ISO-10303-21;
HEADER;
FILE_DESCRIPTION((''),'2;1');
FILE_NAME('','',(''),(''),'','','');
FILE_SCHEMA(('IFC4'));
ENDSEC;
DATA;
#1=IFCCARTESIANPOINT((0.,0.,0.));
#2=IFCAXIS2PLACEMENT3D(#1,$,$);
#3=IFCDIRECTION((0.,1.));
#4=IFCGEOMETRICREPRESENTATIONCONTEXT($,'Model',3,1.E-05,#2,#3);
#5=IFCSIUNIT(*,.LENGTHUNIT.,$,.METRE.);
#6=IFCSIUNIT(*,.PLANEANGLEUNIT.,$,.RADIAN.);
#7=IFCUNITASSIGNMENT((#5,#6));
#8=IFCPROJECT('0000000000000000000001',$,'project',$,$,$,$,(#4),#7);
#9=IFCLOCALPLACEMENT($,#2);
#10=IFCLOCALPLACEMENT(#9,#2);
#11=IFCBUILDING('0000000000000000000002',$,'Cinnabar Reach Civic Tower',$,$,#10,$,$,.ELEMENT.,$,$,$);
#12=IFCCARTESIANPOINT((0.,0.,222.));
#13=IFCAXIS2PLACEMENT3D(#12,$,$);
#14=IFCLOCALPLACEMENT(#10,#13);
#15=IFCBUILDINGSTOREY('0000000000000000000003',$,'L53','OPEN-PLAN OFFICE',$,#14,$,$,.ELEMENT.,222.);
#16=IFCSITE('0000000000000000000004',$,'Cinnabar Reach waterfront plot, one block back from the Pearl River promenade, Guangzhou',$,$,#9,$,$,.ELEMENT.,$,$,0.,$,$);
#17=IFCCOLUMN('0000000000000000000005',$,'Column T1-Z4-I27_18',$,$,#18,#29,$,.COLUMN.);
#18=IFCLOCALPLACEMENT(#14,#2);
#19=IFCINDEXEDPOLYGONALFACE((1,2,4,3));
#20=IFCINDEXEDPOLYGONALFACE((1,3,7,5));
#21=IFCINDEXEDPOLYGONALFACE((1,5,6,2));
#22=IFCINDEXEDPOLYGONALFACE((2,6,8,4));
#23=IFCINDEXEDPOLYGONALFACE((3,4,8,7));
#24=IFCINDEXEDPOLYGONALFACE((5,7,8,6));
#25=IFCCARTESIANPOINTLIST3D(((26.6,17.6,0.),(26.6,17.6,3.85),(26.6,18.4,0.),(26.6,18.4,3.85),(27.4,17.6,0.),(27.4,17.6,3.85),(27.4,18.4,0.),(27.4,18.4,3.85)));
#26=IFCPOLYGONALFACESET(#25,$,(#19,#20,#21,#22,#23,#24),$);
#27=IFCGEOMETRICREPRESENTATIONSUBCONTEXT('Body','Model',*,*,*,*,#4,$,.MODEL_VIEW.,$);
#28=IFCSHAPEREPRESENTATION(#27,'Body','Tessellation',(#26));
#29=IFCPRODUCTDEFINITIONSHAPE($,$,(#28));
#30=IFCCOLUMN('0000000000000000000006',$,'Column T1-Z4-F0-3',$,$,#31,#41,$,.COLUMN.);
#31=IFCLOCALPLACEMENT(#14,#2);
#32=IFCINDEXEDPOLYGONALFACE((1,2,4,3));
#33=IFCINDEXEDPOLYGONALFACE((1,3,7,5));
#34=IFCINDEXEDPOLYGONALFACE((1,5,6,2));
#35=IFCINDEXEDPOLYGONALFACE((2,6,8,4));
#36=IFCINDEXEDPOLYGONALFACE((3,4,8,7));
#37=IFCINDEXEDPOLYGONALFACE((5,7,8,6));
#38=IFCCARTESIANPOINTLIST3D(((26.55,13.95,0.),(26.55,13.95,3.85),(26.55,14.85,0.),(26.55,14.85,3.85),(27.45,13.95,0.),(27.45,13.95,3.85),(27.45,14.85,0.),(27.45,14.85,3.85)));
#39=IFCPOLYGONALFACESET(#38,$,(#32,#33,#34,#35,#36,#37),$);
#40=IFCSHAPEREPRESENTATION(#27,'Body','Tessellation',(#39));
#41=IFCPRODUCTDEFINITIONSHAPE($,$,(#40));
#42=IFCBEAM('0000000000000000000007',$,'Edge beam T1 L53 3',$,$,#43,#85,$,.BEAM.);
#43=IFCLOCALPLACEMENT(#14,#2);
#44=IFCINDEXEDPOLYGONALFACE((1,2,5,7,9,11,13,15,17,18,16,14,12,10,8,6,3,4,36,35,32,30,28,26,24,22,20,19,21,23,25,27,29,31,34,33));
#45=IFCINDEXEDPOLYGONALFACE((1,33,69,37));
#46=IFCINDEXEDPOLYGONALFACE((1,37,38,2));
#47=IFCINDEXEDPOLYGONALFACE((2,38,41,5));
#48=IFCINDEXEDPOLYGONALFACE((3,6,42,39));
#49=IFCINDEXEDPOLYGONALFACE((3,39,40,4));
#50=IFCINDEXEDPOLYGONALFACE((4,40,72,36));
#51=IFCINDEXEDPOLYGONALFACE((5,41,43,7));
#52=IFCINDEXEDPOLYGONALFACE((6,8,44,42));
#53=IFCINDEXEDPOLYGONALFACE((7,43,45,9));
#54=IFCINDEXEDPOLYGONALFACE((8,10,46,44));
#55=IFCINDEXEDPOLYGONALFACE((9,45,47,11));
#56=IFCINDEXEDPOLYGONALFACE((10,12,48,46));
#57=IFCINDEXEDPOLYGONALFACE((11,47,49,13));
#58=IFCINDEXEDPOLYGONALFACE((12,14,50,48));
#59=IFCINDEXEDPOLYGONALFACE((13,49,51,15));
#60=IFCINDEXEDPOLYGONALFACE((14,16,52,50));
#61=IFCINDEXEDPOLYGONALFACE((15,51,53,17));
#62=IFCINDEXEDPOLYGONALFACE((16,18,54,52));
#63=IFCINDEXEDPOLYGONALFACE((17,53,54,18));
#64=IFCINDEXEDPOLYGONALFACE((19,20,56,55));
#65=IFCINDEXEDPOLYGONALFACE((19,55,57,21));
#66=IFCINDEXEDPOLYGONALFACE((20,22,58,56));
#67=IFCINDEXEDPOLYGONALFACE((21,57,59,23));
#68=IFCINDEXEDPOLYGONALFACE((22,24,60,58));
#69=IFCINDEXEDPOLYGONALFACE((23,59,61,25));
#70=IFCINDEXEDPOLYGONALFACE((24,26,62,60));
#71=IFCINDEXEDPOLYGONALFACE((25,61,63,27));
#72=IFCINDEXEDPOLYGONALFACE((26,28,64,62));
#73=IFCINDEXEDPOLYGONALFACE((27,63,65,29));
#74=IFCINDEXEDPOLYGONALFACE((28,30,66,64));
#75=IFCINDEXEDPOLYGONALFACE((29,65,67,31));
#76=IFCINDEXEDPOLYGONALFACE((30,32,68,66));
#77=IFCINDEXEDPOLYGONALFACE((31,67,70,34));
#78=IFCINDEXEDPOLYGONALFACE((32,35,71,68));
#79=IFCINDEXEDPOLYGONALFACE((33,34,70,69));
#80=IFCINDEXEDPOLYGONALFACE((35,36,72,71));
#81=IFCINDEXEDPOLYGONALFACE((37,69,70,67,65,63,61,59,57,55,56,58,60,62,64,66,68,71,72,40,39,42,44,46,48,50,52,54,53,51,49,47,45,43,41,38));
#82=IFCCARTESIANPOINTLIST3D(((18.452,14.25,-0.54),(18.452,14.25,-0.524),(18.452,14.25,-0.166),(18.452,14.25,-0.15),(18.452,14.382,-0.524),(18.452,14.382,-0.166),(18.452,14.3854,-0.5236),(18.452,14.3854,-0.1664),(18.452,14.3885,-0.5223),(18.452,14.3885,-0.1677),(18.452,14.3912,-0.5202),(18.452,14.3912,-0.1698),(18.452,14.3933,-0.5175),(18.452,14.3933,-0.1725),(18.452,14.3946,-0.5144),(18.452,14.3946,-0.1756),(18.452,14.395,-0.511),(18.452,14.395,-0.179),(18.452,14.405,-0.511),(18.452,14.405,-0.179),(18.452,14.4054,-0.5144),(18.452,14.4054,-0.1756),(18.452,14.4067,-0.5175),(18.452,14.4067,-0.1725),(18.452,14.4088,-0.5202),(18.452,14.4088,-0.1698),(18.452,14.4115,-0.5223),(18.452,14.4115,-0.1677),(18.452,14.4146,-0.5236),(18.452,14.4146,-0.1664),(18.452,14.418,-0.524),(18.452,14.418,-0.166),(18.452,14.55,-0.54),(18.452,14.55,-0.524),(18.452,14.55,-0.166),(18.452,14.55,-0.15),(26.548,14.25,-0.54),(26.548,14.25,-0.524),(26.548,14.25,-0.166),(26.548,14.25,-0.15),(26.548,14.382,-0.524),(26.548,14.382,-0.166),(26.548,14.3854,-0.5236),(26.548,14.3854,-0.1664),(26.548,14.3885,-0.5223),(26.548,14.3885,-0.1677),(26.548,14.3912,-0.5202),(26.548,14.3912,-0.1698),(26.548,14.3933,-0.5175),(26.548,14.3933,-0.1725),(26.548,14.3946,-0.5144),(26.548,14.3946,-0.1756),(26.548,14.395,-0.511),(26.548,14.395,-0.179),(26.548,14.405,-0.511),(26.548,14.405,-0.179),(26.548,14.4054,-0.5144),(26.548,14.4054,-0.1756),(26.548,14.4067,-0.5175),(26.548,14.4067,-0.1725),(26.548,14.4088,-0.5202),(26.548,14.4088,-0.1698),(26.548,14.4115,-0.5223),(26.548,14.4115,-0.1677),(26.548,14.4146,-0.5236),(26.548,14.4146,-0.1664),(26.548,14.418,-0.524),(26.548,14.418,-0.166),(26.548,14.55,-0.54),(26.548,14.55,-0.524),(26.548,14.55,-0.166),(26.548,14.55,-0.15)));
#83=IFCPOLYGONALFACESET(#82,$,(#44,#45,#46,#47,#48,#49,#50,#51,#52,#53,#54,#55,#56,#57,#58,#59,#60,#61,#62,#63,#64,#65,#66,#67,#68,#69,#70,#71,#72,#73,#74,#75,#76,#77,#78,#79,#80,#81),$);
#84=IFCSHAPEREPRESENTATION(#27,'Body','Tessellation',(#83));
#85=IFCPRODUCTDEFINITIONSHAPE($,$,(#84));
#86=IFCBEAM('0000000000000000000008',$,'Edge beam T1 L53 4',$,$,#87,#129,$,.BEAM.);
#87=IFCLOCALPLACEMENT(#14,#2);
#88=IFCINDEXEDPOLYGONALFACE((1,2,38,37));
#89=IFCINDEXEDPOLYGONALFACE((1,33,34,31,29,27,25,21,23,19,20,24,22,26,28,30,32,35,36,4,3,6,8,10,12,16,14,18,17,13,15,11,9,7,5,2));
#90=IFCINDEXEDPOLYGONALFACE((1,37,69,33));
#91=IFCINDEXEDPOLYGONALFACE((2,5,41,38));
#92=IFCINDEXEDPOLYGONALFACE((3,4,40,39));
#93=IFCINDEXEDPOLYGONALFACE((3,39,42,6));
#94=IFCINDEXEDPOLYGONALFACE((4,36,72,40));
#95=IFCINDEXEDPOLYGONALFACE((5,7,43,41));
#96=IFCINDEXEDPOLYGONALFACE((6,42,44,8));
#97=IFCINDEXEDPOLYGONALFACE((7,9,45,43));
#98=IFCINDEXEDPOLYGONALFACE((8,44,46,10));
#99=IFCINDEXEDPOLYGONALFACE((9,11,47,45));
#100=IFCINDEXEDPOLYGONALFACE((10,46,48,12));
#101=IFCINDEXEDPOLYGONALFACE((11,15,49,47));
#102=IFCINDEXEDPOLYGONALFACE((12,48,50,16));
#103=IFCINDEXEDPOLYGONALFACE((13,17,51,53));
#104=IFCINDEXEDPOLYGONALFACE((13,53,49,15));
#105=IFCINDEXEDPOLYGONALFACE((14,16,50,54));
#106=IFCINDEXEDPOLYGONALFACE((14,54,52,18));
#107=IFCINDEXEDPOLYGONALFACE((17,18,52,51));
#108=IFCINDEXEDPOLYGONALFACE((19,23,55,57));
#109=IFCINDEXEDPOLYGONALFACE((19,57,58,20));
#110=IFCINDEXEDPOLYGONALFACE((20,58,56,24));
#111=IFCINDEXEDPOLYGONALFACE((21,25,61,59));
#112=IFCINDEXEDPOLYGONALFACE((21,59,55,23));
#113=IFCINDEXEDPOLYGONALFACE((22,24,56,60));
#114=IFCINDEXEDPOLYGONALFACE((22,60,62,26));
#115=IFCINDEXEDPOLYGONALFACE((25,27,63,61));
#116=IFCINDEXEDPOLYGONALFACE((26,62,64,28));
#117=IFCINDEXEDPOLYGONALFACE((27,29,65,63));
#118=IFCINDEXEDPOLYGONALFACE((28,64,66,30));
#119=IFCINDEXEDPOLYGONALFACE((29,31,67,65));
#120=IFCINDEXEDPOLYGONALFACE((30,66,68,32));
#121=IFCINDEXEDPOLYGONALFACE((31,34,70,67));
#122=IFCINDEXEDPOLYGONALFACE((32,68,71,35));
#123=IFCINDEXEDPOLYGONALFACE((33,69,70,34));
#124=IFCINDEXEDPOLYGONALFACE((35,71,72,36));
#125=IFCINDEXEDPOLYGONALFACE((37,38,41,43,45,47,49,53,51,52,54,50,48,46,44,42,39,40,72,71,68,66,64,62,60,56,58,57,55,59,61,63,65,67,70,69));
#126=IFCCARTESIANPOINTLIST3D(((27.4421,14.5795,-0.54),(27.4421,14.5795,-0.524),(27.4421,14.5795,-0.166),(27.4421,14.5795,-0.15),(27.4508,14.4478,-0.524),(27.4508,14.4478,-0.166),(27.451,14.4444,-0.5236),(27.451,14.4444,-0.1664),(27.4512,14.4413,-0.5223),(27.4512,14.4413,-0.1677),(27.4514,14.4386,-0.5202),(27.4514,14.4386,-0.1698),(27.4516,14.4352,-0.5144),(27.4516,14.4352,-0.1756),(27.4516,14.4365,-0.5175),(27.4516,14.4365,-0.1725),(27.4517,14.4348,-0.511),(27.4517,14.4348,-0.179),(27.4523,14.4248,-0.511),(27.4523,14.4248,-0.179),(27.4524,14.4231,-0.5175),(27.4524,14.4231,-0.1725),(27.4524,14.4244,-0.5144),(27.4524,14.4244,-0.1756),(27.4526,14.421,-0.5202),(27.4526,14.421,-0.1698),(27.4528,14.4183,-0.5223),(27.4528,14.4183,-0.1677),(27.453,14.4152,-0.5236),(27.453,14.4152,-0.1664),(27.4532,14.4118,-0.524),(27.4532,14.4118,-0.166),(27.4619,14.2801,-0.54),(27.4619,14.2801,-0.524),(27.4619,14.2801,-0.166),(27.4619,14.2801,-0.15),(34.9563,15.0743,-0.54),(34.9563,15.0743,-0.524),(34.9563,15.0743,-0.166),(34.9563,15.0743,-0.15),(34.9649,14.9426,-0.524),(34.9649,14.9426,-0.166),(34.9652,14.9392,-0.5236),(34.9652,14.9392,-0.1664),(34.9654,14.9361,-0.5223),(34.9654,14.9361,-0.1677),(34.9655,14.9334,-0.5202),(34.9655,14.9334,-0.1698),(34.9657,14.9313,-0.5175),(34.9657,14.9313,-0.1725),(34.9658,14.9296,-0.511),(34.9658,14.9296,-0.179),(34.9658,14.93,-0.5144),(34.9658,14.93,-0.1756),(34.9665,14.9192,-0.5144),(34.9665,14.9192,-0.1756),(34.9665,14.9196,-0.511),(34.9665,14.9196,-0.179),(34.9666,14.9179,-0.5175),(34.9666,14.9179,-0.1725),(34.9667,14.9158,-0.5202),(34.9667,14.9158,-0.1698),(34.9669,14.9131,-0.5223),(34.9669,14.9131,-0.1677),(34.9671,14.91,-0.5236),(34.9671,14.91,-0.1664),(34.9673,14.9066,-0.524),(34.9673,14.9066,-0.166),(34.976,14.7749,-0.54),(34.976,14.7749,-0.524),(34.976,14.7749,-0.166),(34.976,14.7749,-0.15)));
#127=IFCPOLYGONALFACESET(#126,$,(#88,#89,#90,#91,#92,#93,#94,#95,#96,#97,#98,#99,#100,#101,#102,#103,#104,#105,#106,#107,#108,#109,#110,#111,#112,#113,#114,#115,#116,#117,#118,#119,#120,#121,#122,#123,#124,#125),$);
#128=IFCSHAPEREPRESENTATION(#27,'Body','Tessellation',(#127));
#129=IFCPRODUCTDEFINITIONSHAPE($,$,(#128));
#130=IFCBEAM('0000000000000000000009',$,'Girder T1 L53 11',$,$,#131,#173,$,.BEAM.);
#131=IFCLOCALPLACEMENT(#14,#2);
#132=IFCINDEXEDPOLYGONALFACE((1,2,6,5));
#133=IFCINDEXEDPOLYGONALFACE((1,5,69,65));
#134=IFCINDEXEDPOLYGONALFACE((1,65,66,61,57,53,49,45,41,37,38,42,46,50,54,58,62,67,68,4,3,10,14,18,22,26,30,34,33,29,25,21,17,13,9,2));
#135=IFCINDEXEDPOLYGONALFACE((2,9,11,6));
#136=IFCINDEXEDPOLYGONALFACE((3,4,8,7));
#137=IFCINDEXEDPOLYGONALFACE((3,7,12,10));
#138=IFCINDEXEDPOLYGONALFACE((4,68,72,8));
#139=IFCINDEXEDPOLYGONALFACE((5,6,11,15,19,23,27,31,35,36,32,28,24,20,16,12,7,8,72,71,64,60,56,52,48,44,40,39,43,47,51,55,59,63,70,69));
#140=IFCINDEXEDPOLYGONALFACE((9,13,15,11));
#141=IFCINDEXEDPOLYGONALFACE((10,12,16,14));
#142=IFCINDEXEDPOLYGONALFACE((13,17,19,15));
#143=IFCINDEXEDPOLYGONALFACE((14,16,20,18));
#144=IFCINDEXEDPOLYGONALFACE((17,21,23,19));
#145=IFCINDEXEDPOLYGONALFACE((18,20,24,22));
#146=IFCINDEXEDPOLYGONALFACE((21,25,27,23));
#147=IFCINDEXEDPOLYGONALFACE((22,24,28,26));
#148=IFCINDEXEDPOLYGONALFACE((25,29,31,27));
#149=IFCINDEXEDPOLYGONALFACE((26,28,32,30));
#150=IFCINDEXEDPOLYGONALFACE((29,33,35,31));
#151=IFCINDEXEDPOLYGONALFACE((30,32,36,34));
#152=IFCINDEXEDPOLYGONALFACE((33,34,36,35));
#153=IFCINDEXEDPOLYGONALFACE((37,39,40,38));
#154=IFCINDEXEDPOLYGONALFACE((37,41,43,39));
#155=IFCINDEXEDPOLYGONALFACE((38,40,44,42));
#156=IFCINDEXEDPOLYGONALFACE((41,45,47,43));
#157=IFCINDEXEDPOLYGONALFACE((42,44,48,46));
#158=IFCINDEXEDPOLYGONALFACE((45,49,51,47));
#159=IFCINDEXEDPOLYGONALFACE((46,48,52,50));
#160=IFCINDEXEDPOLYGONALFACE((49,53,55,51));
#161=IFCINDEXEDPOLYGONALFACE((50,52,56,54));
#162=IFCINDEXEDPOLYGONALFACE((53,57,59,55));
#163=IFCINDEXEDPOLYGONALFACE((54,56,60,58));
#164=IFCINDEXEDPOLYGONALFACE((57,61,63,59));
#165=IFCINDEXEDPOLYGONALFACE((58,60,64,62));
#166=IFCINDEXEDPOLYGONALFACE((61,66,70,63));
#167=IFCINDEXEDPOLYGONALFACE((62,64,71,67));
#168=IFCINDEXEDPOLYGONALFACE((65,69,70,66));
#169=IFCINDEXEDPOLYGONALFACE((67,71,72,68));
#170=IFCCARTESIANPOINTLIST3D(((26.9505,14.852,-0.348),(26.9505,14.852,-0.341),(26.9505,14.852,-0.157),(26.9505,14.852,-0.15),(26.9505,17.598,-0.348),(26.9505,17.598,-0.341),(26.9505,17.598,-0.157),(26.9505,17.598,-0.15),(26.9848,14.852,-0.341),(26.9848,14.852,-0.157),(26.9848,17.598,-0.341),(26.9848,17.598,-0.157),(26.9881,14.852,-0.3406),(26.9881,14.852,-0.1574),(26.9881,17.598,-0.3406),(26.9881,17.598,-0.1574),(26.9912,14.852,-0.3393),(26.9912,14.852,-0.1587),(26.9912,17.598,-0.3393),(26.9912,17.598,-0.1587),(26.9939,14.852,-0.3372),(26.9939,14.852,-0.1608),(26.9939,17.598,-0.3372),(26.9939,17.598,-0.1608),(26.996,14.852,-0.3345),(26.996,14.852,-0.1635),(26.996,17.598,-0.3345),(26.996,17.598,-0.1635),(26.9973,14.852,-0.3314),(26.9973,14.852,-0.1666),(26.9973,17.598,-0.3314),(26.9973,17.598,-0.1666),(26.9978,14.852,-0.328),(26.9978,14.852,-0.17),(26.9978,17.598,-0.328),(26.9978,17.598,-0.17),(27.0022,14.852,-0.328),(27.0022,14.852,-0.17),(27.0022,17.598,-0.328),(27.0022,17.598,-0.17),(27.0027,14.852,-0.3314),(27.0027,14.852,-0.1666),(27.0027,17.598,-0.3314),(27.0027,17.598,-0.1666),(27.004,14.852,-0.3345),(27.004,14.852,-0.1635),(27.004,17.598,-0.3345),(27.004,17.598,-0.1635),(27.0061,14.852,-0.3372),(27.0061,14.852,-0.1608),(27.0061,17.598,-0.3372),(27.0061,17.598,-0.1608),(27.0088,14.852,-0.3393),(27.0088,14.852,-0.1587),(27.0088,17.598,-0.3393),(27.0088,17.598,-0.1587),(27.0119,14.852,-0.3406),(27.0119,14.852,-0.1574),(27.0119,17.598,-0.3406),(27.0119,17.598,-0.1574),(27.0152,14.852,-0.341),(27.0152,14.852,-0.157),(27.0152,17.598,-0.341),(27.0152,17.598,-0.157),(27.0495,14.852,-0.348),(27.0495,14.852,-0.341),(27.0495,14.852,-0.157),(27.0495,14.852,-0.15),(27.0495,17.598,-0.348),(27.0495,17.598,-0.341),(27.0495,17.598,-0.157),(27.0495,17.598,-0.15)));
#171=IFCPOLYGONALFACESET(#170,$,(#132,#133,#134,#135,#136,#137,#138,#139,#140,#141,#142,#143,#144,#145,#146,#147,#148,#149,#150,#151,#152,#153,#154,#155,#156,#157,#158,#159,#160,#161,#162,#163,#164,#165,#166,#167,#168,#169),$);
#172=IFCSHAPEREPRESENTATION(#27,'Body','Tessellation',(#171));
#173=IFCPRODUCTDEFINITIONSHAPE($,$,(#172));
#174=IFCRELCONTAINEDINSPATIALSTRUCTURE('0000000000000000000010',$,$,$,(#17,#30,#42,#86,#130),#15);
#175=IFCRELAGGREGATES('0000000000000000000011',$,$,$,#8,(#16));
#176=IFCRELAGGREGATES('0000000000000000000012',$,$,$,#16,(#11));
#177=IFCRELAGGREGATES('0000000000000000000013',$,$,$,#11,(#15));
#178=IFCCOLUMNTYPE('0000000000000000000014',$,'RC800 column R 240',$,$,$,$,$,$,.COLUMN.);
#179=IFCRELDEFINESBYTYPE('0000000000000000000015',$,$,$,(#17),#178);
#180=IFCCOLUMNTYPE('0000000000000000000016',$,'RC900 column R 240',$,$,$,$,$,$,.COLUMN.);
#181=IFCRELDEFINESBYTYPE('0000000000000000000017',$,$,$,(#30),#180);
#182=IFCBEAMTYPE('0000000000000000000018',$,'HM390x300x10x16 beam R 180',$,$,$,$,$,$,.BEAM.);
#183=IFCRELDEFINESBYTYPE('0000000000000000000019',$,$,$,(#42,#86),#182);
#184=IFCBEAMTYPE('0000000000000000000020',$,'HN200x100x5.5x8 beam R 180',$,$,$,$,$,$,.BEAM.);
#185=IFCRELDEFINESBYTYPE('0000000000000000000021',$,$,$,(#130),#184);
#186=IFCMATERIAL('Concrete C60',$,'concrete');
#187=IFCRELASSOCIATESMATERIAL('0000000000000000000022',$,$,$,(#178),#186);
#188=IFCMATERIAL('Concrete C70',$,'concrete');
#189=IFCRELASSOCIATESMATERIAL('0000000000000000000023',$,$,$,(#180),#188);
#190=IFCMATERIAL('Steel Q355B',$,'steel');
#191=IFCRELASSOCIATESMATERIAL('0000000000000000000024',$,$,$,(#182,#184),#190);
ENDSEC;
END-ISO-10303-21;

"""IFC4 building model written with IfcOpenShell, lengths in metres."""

from ifc_helpers import new_model, si_unit, direction, frame, origin, origin_2d, place, context, subcontext, project, spatial, rectangle, i_section, extrude, material, material_profile, profile_set, type_object, element, save


model = new_model("IFC4")

# Units and contexts
model_context = context("Model", 3, precision=1e-05, world=origin(), true_north=direction((0.0, 1.0)))
body_context = subcontext(model_context, "Body", "Model", "MODEL_VIEW")
ifc_project = project(units=[si_unit("LENGTHUNIT", "METRE"), si_unit("PLANEANGLEUNIT", "RADIAN")], contexts=[model_context])

# Site, building, storey
site_placement = place(None, origin())
site = spatial("IfcSite", under=ifc_project, at=site_placement, Name="Cinnabar Reach waterfront plot, one block back from the Pearl River promenade, Guangzhou", CompositionType="ELEMENT", RefElevation=0.0)
building_placement = place(site_placement, origin())
building = spatial("IfcBuilding", under=site, at=building_placement, Name="Cinnabar Reach Civic Tower", CompositionType="ELEMENT")
storey_placement = place(building_placement, frame((0.0, 0.0, 222.0)))
storey = spatial("IfcBuildingStorey", under=building, at=storey_placement, Name="L53", Description="OPEN-PLAN OFFICE", CompositionType="ELEMENT", Elevation=222.0)

# Columns
ifc_material_1 = material(Name="Concrete C60", Category="concrete")
ifc_material_profile_1 = material_profile(ifc_material_1, rectangle(XDim=0.8, YDim=0.8, at=origin_2d()), Name="RC800")
ifc_profile_set_1 = profile_set([ifc_material_profile_1], Name="Concrete C60")
column_type_1 = type_object("IfcColumnType", Name="RC800 column R 240", PredefinedType="COLUMN", material=ifc_profile_set_1)
column_1_placement = place(storey_placement, frame((27.0, 18.0, 0.0), z_axis=(0.0, 0.0, 1.0), x_axis=(1.0, 0.0, 0.0)))
element("IfcColumn", 1, at=column_1_placement, inside=storey, type_object=column_type_1, Name="Column T1-Z4-I27_18", PredefinedType="COLUMN", context=body_context, shape_type="SweptSolid", body=[
    extrude(rectangle(XDim=0.8, YDim=0.8, at=origin_2d()), origin(), (0.0, 0.0, 1.0), 3.85),
])
ifc_material_2 = material(Name="Concrete C70", Category="concrete")
ifc_material_profile_2 = material_profile(ifc_material_2, rectangle(XDim=0.9, YDim=0.9, at=origin_2d()), Name="RC900")
ifc_profile_set_2 = profile_set([ifc_material_profile_2], Name="Concrete C70")
column_type_2 = type_object("IfcColumnType", Name="RC900 column R 240", PredefinedType="COLUMN", material=ifc_profile_set_2)
column_2_placement = place(storey_placement, frame((27.0, 14.4, 0.0), z_axis=(0.0, 0.0, 1.0), x_axis=(1.0, 0.0, 0.0)))
element("IfcColumn", 2, at=column_2_placement, inside=storey, type_object=column_type_2, Name="Column T1-Z4-F0-3", PredefinedType="COLUMN", context=body_context, shape_type="SweptSolid", body=[
    extrude(rectangle(XDim=0.9, YDim=0.9, at=origin_2d()), origin(), (0.0, 0.0, 1.0), 3.85),
])

# Beams
ifc_material_3 = material(Name="Steel Q355B", Category="steel")
ifc_material_profile_3 = material_profile(ifc_material_3, i_section(OverallWidth=0.3, OverallDepth=0.39, WebThickness=0.01, FlangeThickness=0.016, FilletRadius=0.013, at=origin_2d()), Name="HM390x300x10x16")
ifc_profile_set_3 = profile_set([ifc_material_profile_3], Name="Steel Q355B")
beam_type_1 = type_object("IfcBeamType", Name="HM390x300x10x16 beam R 180", PredefinedType="BEAM", material=ifc_profile_set_3)
beam_1_placement = place(storey_placement, frame((18.452, 14.4, -0.345), z_axis=(1.0, 0.0, 0.0), x_axis=(0.0, 1.0, 0.0)))
element("IfcBeam", 3, at=beam_1_placement, inside=storey, type_object=beam_type_1, Name="Edge beam T1 L53 3", PredefinedType="BEAM", context=body_context, shape_type="SweptSolid", body=[
    extrude(i_section(OverallWidth=0.3, OverallDepth=0.39, WebThickness=0.01, FlangeThickness=0.016, FilletRadius=0.013, at=origin_2d()), origin(), (0.0, 0.0, 1.0), 8.096),
])
beam_2_placement = place(storey_placement, frame((27.452, 14.4298, -0.345), z_axis=(0.997839, 0.065707, 0.0), x_axis=(-0.065707, 0.997839, 0.0)))
element("IfcBeam", 4, at=beam_2_placement, inside=storey, type_object=beam_type_1, Name="Edge beam T1 L53 4", PredefinedType="BEAM", context=body_context, shape_type="SweptSolid", body=[
    extrude(i_section(OverallWidth=0.3, OverallDepth=0.39, WebThickness=0.01, FlangeThickness=0.016, FilletRadius=0.013, at=origin_2d()), origin(), (0.0, 0.0, 1.0), 7.5304),
])
ifc_material_profile_4 = material_profile(ifc_material_3, i_section(OverallWidth=0.099, OverallDepth=0.198, WebThickness=0.0045, FlangeThickness=0.007, FilletRadius=0.013, at=origin_2d()), Name="HN200x100x5.5x8")
ifc_profile_set_4 = profile_set([ifc_material_profile_4], Name="Steel Q355B")
beam_type_2 = type_object("IfcBeamType", Name="HN200x100x5.5x8 beam R 180", PredefinedType="BEAM", material=ifc_profile_set_4)
beam_3_placement = place(storey_placement, frame((27.0, 14.852, -0.249), z_axis=(0.0, 1.0, 0.0), x_axis=(-1.0, 0.0, 0.0)))
element("IfcBeam", 5, at=beam_3_placement, inside=storey, type_object=beam_type_2, Name="Girder T1 L53 11", PredefinedType="BEAM", context=body_context, shape_type="SweptSolid", body=[
    extrude(i_section(OverallWidth=0.099, OverallDepth=0.198, WebThickness=0.0045, FlangeThickness=0.007, FilletRadius=0.013, at=origin_2d()), origin(), (0.0, 0.0, 1.0), 2.746),
])

save(model, "model.ifc")
